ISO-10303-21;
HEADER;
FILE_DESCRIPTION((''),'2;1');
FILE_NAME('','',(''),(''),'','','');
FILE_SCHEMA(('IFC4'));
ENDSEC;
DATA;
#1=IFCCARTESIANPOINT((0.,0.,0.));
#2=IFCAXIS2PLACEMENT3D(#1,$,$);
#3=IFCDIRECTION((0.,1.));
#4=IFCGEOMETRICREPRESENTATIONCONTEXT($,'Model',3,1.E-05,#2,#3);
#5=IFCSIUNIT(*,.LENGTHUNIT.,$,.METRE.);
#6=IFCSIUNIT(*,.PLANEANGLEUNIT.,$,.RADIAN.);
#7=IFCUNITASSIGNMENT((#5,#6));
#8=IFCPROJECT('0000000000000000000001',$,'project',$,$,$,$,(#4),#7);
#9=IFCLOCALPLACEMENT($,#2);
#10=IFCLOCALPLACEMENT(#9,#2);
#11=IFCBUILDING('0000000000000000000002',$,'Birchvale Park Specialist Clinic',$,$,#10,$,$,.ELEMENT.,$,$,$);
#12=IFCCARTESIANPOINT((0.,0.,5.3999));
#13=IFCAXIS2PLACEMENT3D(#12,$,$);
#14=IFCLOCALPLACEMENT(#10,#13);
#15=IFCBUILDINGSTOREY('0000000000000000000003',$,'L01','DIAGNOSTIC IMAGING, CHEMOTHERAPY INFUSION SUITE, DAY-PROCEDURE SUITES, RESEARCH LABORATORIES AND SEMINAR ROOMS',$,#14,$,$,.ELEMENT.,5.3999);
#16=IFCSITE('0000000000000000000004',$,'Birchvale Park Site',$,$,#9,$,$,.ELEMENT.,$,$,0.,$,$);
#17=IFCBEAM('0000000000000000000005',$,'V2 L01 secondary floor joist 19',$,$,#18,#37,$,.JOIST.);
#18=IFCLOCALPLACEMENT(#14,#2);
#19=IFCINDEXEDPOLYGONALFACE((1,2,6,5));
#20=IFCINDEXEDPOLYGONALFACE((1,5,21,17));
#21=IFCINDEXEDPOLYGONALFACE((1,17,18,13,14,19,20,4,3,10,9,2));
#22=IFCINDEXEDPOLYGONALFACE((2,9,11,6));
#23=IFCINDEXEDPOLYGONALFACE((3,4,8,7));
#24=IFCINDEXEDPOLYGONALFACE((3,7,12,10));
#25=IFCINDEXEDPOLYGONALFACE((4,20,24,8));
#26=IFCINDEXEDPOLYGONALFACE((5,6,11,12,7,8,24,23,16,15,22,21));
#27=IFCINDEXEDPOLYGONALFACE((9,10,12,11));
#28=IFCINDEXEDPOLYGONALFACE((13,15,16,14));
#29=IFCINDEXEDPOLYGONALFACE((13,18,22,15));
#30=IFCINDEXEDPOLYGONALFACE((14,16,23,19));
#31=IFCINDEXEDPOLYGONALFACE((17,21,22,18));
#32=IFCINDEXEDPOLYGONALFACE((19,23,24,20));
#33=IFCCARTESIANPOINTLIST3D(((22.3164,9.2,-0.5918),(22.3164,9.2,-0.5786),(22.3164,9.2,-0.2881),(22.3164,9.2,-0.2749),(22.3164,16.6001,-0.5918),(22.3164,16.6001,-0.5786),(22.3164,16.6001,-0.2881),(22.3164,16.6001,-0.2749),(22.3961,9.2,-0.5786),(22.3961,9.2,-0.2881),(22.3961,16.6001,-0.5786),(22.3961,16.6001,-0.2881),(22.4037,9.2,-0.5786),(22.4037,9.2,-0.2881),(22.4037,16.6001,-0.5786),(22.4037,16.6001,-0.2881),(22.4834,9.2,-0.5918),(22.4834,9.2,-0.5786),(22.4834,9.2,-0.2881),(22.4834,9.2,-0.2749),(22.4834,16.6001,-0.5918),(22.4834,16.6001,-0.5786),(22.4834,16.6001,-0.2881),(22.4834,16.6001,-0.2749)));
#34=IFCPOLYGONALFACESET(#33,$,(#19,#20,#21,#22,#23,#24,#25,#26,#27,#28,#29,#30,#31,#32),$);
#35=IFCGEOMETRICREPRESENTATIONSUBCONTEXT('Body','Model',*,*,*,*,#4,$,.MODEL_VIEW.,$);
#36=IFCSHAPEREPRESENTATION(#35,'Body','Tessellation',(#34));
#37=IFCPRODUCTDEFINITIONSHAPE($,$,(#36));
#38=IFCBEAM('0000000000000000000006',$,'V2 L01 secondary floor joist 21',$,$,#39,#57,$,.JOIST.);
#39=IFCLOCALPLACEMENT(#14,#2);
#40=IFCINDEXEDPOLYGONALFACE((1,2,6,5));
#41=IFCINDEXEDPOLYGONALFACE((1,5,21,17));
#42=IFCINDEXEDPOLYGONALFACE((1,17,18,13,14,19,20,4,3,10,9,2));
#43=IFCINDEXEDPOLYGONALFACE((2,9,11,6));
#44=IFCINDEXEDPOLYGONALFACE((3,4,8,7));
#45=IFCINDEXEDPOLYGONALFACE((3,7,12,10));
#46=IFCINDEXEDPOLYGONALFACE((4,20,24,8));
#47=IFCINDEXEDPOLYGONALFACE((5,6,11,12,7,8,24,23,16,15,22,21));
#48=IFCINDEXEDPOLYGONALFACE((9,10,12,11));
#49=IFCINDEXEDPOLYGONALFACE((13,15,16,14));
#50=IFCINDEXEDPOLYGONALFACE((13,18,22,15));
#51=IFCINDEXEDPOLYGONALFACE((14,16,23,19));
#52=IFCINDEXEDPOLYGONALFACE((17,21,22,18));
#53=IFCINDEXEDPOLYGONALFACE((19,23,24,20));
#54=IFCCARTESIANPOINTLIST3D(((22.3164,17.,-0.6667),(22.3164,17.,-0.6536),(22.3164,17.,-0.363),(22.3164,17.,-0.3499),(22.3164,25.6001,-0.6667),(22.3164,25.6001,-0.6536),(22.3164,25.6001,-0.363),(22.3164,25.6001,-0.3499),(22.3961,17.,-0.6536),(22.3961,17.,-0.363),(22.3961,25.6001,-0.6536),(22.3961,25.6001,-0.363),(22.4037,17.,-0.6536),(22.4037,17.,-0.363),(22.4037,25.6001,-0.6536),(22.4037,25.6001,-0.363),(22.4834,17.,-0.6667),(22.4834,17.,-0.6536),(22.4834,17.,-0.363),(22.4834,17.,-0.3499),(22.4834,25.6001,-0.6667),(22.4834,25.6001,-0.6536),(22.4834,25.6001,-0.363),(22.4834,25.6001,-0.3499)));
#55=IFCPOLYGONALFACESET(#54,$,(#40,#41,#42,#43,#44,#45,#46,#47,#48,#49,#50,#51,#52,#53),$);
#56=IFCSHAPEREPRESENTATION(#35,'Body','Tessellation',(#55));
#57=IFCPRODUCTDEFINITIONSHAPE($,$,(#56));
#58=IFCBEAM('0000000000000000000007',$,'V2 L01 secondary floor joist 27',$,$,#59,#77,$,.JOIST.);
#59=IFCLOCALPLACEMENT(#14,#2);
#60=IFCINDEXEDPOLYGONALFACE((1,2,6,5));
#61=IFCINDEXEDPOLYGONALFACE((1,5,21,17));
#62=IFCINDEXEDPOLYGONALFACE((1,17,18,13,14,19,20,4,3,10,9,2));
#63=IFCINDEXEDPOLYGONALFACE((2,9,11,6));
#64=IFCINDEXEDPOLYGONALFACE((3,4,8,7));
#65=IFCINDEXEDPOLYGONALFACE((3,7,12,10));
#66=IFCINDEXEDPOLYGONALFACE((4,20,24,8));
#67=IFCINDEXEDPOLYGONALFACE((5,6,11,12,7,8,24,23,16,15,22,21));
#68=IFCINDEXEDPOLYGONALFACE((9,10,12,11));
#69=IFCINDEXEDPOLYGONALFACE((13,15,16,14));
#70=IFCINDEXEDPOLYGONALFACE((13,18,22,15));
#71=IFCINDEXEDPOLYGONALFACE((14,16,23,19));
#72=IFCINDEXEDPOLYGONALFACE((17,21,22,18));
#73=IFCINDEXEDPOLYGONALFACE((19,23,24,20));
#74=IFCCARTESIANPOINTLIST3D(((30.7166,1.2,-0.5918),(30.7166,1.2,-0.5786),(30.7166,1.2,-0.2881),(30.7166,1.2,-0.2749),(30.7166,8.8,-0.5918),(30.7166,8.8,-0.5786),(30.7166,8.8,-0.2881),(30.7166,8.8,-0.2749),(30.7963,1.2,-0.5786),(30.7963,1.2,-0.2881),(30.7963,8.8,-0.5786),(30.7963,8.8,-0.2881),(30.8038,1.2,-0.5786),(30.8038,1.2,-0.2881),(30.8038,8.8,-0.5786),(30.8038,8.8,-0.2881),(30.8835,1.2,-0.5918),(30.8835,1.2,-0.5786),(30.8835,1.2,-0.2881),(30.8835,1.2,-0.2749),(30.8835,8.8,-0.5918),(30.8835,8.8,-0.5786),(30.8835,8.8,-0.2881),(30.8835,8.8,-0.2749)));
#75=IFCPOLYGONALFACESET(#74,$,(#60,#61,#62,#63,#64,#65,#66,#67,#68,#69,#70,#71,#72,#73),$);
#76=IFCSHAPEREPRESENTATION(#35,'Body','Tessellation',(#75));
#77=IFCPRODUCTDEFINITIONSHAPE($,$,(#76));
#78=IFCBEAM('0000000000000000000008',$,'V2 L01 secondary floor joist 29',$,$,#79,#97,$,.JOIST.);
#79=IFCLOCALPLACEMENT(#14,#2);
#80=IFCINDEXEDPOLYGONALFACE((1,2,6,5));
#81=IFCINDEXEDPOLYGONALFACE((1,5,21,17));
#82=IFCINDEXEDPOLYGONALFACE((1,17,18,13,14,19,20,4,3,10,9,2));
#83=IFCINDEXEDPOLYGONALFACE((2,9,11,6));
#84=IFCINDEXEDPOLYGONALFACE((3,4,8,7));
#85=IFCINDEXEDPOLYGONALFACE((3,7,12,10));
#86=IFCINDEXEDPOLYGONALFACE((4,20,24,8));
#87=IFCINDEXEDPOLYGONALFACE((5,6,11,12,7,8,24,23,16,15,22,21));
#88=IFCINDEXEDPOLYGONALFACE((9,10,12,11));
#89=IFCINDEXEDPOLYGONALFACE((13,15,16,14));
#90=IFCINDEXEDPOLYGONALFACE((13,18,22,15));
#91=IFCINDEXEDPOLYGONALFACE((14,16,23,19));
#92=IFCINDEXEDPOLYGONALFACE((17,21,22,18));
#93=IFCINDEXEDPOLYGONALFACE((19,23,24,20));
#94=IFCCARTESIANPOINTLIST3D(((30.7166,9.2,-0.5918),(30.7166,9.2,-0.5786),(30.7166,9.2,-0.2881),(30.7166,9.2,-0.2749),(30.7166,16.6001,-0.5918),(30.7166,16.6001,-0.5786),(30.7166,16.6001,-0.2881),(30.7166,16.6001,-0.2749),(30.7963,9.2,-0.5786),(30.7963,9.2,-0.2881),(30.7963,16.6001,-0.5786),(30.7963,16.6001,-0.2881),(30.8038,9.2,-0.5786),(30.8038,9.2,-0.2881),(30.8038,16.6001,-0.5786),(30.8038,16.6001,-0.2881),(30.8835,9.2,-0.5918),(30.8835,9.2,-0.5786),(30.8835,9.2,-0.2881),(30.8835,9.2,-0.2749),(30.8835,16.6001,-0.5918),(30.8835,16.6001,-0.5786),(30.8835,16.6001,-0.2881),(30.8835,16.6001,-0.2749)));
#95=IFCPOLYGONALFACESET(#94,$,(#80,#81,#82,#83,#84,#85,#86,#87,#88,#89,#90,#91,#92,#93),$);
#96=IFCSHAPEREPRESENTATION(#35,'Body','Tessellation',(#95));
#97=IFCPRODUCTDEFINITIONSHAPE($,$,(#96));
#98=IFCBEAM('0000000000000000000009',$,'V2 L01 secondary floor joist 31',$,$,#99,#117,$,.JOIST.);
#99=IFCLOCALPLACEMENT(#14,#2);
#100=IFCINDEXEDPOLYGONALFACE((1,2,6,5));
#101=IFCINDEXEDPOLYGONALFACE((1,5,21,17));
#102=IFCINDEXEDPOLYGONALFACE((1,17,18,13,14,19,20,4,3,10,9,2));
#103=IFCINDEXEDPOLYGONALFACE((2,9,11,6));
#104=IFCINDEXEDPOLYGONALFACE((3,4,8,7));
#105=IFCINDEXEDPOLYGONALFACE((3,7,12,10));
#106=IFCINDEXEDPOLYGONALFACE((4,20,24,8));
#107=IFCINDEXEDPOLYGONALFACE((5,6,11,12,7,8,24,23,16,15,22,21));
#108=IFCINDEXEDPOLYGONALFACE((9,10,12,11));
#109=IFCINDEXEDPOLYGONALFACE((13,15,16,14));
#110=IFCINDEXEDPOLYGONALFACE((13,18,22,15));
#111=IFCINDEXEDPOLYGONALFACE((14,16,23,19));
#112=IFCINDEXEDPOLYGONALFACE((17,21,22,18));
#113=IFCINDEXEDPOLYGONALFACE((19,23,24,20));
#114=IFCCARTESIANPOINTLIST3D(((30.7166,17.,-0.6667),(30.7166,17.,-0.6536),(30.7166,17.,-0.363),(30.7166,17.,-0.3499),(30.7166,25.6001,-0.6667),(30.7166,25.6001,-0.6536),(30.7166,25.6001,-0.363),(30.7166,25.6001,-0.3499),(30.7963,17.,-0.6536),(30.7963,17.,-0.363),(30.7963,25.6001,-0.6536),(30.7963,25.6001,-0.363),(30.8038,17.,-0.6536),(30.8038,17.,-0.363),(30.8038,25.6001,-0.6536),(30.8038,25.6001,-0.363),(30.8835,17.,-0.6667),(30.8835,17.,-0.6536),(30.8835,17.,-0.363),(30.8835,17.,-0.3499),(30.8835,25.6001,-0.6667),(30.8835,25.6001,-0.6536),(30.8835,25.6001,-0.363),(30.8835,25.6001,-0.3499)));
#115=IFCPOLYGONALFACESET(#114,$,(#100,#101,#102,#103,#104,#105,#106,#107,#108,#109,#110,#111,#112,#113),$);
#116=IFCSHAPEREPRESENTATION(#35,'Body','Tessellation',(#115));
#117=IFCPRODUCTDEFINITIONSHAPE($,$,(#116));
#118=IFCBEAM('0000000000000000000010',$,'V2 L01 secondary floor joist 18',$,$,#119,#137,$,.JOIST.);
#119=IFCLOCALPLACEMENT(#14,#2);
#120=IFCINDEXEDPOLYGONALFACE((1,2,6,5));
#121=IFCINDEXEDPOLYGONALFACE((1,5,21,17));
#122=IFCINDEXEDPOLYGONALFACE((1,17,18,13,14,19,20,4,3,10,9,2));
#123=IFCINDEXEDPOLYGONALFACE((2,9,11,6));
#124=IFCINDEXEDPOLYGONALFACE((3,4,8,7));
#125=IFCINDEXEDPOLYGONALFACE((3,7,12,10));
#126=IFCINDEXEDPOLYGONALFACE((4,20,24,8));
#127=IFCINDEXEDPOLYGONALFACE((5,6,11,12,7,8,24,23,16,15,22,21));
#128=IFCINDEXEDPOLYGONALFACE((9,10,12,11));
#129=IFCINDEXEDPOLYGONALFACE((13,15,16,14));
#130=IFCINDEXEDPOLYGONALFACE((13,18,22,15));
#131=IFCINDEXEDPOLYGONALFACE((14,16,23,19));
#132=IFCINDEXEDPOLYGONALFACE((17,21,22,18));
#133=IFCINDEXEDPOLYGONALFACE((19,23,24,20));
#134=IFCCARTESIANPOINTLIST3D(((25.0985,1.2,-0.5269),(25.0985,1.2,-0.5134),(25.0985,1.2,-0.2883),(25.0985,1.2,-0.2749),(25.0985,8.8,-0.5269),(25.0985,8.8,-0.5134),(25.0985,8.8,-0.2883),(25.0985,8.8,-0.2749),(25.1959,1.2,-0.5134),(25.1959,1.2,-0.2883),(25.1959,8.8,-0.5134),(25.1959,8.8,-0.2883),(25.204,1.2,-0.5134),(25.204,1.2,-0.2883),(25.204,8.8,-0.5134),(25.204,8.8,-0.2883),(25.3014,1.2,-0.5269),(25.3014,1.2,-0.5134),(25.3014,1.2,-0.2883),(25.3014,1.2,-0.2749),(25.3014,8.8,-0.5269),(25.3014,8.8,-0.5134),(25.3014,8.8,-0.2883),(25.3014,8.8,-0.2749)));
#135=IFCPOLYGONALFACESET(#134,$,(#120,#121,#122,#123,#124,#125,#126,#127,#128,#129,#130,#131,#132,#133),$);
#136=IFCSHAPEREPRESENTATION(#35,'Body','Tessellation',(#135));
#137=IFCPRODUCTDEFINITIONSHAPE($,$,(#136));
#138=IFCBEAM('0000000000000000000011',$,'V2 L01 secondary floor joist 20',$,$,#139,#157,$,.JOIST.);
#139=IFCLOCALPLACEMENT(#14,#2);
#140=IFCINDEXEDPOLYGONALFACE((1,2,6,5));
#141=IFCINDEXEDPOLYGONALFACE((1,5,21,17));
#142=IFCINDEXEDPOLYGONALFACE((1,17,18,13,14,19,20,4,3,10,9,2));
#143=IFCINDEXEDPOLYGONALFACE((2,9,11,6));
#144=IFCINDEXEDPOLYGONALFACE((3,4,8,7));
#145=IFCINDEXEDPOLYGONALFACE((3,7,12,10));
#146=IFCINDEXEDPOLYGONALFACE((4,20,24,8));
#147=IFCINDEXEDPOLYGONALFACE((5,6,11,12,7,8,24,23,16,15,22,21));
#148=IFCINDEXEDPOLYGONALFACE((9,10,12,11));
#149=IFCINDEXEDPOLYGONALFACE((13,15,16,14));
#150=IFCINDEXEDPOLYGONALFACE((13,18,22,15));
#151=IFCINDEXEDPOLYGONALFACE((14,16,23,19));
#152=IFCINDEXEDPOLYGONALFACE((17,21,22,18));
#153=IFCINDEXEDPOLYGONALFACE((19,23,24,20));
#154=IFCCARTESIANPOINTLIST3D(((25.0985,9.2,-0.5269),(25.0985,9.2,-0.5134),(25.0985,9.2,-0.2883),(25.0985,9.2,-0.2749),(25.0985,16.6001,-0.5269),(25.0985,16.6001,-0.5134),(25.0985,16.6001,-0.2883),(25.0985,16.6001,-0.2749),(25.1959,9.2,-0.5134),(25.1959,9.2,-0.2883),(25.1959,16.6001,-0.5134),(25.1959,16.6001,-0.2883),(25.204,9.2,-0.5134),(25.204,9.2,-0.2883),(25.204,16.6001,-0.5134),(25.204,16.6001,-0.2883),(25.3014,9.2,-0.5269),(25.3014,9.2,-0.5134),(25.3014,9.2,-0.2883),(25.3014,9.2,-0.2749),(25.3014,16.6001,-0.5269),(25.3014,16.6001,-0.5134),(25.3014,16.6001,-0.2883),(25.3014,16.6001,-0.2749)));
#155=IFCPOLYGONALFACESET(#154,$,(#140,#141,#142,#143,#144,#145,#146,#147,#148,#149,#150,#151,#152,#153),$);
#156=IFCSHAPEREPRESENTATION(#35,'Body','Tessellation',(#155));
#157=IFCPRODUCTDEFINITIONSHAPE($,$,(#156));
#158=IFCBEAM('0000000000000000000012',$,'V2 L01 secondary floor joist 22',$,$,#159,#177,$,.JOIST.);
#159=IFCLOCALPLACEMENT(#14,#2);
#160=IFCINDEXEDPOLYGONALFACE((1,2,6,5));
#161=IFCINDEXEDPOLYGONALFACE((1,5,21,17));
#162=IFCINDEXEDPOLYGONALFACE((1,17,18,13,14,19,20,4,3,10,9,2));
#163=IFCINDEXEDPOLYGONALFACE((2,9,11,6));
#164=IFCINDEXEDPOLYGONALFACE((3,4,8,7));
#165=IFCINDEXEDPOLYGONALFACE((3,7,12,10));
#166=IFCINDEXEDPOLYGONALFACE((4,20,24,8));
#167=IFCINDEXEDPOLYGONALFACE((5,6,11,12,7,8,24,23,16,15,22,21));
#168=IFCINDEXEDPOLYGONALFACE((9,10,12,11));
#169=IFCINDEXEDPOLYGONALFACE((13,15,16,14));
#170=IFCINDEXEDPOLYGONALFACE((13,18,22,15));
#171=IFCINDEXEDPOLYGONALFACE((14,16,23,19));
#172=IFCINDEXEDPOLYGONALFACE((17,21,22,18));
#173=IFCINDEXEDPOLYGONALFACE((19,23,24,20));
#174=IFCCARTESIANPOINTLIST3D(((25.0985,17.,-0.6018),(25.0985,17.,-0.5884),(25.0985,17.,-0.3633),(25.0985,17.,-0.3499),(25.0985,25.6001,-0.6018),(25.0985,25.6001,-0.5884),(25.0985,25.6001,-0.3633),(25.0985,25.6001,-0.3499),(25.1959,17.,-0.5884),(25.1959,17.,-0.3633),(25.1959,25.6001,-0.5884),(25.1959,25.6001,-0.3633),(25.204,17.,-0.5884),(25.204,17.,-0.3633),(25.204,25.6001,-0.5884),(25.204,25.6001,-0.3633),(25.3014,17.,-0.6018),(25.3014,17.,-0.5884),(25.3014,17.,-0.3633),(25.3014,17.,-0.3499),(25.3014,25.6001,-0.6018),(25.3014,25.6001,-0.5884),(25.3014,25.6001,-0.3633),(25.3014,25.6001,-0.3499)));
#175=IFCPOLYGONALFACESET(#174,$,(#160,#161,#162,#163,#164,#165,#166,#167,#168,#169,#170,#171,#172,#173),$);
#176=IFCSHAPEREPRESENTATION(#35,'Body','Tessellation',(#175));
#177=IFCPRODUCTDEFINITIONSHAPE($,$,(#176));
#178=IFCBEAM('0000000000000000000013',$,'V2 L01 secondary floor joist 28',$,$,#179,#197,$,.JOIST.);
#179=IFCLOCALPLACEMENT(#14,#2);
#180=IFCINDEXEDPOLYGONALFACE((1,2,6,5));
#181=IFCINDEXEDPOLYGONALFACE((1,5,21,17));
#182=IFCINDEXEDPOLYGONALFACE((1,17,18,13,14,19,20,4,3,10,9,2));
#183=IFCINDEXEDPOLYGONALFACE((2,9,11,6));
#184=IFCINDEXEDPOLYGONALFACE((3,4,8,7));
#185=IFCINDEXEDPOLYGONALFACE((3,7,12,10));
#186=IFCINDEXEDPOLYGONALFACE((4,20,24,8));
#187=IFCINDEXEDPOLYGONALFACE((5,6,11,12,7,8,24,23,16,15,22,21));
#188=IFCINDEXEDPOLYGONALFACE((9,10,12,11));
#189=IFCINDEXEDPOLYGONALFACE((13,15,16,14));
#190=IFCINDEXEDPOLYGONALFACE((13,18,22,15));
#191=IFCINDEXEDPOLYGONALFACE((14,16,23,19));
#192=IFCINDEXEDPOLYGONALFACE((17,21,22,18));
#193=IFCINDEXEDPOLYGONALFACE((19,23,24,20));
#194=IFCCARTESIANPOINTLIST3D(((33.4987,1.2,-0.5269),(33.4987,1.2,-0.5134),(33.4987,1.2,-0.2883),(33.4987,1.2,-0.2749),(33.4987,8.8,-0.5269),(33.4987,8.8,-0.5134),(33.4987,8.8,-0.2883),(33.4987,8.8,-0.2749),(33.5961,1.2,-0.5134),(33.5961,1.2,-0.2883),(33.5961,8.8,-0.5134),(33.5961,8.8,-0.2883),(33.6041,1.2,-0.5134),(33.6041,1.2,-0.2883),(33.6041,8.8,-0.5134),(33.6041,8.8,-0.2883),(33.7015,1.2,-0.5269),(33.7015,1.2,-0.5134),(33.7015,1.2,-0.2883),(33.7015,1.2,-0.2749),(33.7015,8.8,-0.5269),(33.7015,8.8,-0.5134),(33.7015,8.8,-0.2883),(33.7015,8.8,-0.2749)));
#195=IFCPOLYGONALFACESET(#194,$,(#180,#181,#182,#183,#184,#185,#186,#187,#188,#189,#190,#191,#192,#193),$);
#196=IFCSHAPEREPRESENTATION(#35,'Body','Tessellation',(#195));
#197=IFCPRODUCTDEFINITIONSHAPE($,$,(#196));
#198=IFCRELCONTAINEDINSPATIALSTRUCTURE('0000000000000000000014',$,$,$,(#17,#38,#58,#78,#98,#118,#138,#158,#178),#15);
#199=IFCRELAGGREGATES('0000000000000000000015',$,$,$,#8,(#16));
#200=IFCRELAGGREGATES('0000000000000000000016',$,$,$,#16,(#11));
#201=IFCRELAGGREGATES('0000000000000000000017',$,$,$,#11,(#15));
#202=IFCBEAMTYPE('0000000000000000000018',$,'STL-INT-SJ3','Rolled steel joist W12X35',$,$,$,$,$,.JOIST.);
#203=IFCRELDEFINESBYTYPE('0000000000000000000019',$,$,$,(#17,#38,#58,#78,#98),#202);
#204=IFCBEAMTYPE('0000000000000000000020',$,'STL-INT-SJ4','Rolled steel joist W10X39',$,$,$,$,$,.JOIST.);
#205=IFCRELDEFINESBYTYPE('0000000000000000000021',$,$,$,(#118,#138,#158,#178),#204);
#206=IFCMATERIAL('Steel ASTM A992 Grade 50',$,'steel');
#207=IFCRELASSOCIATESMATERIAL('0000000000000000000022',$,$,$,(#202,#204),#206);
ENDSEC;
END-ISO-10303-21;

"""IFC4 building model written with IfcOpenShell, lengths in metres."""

from ifc_helpers import new_model, si_unit, direction, frame, origin, origin_2d, place, context, subcontext, project, spatial, i_section, extrude, material, material_profile, profile_set, type_object, element, save


model = new_model("IFC4")

# Units and contexts
model_context = context("Model", 3, precision=1e-05, world=origin(), true_north=direction((0.0, 1.0)))
body_context = subcontext(model_context, "Body", "Model", "MODEL_VIEW")
ifc_project = project(units=[si_unit("LENGTHUNIT", "METRE"), si_unit("PLANEANGLEUNIT", "RADIAN")], contexts=[model_context])

# Site, building, storey
site_placement = place(None, origin())
site = spatial("IfcSite", under=ifc_project, at=site_placement, Name="Birchvale Park Site", CompositionType="ELEMENT", RefElevation=0.0)
building_placement = place(site_placement, origin())
building = spatial("IfcBuilding", under=site, at=building_placement, Name="Birchvale Park Specialist Clinic", CompositionType="ELEMENT")
storey_placement = place(building_placement, frame((0.0, 0.0, 5.3999)))
storey = spatial("IfcBuildingStorey", under=building, at=storey_placement, Name="L01", Description="DIAGNOSTIC IMAGING, CHEMOTHERAPY INFUSION SUITE, DAY-PROCEDURE SUITES, RESEARCH LABORATORIES AND SEMINAR ROOMS", CompositionType="ELEMENT", Elevation=5.3999)

# Beams
ifc_material_1 = material(Name="Steel ASTM A992 Grade 50", Category="steel")
ifc_material_profile_1 = material_profile(ifc_material_1, i_section(OverallWidth=0.167, OverallDepth=0.3169, WebThickness=0.0076, FlangeThickness=0.0132, at=origin_2d()), Name="W12X35")
ifc_profile_set_1 = profile_set([ifc_material_profile_1], Name="Steel ASTM A992 Grade 50")
beam_type_1 = type_object("IfcBeamType", Name="STL-INT-SJ3", Description="Rolled steel joist W12X35", PredefinedType="JOIST", material=ifc_profile_set_1)
beam_1_placement = place(storey_placement, frame((22.3999, 9.2, -0.4333), z_axis=(0.0, 1.0, 0.0), x_axis=(-1.0, 0.0, 0.0)))
element("IfcBeam", 1, at=beam_1_placement, inside=storey, type_object=beam_type_1, Name="V2 L01 secondary floor joist 19", PredefinedType="JOIST", context=body_context, shape_type="SweptSolid", body=[
    extrude(i_section(OverallWidth=0.167, OverallDepth=0.3169, WebThickness=0.0076, FlangeThickness=0.0132, at=origin_2d()), origin(), (0.0, 0.0, 1.0), 7.4001),
])
beam_2_placement = place(storey_placement, frame((22.3999, 17.0, -0.5083), z_axis=(0.0, 1.0, 0.0), x_axis=(-1.0, 0.0, 0.0)))
element("IfcBeam", 2, at=beam_2_placement, inside=storey, type_object=beam_type_1, Name="V2 L01 secondary floor joist 21", PredefinedType="JOIST", context=body_context, shape_type="SweptSolid", body=[
    extrude(i_section(OverallWidth=0.167, OverallDepth=0.3169, WebThickness=0.0076, FlangeThickness=0.0132, at=origin_2d()), origin(), (0.0, 0.0, 1.0), 8.6001),
])
beam_3_placement = place(storey_placement, frame((30.8, 1.2, -0.4333), z_axis=(0.0, 1.0, 0.0), x_axis=(-1.0, 0.0, 0.0)))
element("IfcBeam", 3, at=beam_3_placement, inside=storey, type_object=beam_type_1, Name="V2 L01 secondary floor joist 27", PredefinedType="JOIST", context=body_context, shape_type="SweptSolid", body=[
    extrude(i_section(OverallWidth=0.167, OverallDepth=0.3169, WebThickness=0.0076, FlangeThickness=0.0132, at=origin_2d()), origin(), (0.0, 0.0, 1.0), 7.6001),
])
beam_4_placement = place(storey_placement, frame((30.8, 9.2, -0.4333), z_axis=(0.0, 1.0, 0.0), x_axis=(-1.0, 0.0, 0.0)))
element("IfcBeam", 4, at=beam_4_placement, inside=storey, type_object=beam_type_1, Name="V2 L01 secondary floor joist 29", PredefinedType="JOIST", context=body_context, shape_type="SweptSolid", body=[
    extrude(i_section(OverallWidth=0.167, OverallDepth=0.3169, WebThickness=0.0076, FlangeThickness=0.0132, at=origin_2d()), origin(), (0.0, 0.0, 1.0), 7.4001),
])
beam_5_placement = place(storey_placement, frame((30.8, 17.0, -0.5083), z_axis=(0.0, 1.0, 0.0), x_axis=(-1.0, 0.0, 0.0)))
element("IfcBeam", 5, at=beam_5_placement, inside=storey, type_object=beam_type_1, Name="V2 L01 secondary floor joist 31", PredefinedType="JOIST", context=body_context, shape_type="SweptSolid", body=[
    extrude(i_section(OverallWidth=0.167, OverallDepth=0.3169, WebThickness=0.0076, FlangeThickness=0.0132, at=origin_2d()), origin(), (0.0, 0.0, 1.0), 8.6001),
])
ifc_material_profile_2 = material_profile(ifc_material_1, i_section(OverallWidth=0.2029, OverallDepth=0.252, WebThickness=0.0081, FlangeThickness=0.0134, at=origin_2d()), Name="W10X39")
ifc_profile_set_2 = profile_set([ifc_material_profile_2], Name="Steel ASTM A992 Grade 50")
beam_type_2 = type_object("IfcBeamType", Name="STL-INT-SJ4", Description="Rolled steel joist W10X39", PredefinedType="JOIST", material=ifc_profile_set_2)
beam_6_placement = place(storey_placement, frame((25.2, 1.2, -0.4009), z_axis=(0.0, 1.0, 0.0), x_axis=(-1.0, 0.0, 0.0)))
element("IfcBeam", 6, at=beam_6_placement, inside=storey, type_object=beam_type_2, Name="V2 L01 secondary floor joist 18", PredefinedType="JOIST", context=body_context, shape_type="SweptSolid", body=[
    extrude(i_section(OverallWidth=0.2029, OverallDepth=0.252, WebThickness=0.0081, FlangeThickness=0.0134, at=origin_2d()), origin(), (0.0, 0.0, 1.0), 7.6001),
])
beam_7_placement = place(storey_placement, frame((25.2, 9.2, -0.4009), z_axis=(0.0, 1.0, 0.0), x_axis=(-1.0, 0.0, 0.0)))
element("IfcBeam", 7, at=beam_7_placement, inside=storey, type_object=beam_type_2, Name="V2 L01 secondary floor joist 20", PredefinedType="JOIST", context=body_context, shape_type="SweptSolid", body=[
    extrude(i_section(OverallWidth=0.2029, OverallDepth=0.252, WebThickness=0.0081, FlangeThickness=0.0134, at=origin_2d()), origin(), (0.0, 0.0, 1.0), 7.4001),
])
beam_8_placement = place(storey_placement, frame((25.2, 17.0, -0.4758), z_axis=(0.0, 1.0, 0.0), x_axis=(-1.0, 0.0, 0.0)))
element("IfcBeam", 8, at=beam_8_placement, inside=storey, type_object=beam_type_2, Name="V2 L01 secondary floor joist 22", PredefinedType="JOIST", context=body_context, shape_type="SweptSolid", body=[
    extrude(i_section(OverallWidth=0.2029, OverallDepth=0.252, WebThickness=0.0081, FlangeThickness=0.0134, at=origin_2d()), origin(), (0.0, 0.0, 1.0), 8.6001),
])
beam_9_placement = place(storey_placement, frame((33.6001, 1.2, -0.4009), z_axis=(0.0, 1.0, 0.0), x_axis=(-1.0, 0.0, 0.0)))
element("IfcBeam", 9, at=beam_9_placement, inside=storey, type_object=beam_type_2, Name="V2 L01 secondary floor joist 28", PredefinedType="JOIST", context=body_context, shape_type="SweptSolid", body=[
    extrude(i_section(OverallWidth=0.2029, OverallDepth=0.252, WebThickness=0.0081, FlangeThickness=0.0134, at=origin_2d()), origin(), (0.0, 0.0, 1.0), 7.6001),
])

save(model, "model.ifc")
